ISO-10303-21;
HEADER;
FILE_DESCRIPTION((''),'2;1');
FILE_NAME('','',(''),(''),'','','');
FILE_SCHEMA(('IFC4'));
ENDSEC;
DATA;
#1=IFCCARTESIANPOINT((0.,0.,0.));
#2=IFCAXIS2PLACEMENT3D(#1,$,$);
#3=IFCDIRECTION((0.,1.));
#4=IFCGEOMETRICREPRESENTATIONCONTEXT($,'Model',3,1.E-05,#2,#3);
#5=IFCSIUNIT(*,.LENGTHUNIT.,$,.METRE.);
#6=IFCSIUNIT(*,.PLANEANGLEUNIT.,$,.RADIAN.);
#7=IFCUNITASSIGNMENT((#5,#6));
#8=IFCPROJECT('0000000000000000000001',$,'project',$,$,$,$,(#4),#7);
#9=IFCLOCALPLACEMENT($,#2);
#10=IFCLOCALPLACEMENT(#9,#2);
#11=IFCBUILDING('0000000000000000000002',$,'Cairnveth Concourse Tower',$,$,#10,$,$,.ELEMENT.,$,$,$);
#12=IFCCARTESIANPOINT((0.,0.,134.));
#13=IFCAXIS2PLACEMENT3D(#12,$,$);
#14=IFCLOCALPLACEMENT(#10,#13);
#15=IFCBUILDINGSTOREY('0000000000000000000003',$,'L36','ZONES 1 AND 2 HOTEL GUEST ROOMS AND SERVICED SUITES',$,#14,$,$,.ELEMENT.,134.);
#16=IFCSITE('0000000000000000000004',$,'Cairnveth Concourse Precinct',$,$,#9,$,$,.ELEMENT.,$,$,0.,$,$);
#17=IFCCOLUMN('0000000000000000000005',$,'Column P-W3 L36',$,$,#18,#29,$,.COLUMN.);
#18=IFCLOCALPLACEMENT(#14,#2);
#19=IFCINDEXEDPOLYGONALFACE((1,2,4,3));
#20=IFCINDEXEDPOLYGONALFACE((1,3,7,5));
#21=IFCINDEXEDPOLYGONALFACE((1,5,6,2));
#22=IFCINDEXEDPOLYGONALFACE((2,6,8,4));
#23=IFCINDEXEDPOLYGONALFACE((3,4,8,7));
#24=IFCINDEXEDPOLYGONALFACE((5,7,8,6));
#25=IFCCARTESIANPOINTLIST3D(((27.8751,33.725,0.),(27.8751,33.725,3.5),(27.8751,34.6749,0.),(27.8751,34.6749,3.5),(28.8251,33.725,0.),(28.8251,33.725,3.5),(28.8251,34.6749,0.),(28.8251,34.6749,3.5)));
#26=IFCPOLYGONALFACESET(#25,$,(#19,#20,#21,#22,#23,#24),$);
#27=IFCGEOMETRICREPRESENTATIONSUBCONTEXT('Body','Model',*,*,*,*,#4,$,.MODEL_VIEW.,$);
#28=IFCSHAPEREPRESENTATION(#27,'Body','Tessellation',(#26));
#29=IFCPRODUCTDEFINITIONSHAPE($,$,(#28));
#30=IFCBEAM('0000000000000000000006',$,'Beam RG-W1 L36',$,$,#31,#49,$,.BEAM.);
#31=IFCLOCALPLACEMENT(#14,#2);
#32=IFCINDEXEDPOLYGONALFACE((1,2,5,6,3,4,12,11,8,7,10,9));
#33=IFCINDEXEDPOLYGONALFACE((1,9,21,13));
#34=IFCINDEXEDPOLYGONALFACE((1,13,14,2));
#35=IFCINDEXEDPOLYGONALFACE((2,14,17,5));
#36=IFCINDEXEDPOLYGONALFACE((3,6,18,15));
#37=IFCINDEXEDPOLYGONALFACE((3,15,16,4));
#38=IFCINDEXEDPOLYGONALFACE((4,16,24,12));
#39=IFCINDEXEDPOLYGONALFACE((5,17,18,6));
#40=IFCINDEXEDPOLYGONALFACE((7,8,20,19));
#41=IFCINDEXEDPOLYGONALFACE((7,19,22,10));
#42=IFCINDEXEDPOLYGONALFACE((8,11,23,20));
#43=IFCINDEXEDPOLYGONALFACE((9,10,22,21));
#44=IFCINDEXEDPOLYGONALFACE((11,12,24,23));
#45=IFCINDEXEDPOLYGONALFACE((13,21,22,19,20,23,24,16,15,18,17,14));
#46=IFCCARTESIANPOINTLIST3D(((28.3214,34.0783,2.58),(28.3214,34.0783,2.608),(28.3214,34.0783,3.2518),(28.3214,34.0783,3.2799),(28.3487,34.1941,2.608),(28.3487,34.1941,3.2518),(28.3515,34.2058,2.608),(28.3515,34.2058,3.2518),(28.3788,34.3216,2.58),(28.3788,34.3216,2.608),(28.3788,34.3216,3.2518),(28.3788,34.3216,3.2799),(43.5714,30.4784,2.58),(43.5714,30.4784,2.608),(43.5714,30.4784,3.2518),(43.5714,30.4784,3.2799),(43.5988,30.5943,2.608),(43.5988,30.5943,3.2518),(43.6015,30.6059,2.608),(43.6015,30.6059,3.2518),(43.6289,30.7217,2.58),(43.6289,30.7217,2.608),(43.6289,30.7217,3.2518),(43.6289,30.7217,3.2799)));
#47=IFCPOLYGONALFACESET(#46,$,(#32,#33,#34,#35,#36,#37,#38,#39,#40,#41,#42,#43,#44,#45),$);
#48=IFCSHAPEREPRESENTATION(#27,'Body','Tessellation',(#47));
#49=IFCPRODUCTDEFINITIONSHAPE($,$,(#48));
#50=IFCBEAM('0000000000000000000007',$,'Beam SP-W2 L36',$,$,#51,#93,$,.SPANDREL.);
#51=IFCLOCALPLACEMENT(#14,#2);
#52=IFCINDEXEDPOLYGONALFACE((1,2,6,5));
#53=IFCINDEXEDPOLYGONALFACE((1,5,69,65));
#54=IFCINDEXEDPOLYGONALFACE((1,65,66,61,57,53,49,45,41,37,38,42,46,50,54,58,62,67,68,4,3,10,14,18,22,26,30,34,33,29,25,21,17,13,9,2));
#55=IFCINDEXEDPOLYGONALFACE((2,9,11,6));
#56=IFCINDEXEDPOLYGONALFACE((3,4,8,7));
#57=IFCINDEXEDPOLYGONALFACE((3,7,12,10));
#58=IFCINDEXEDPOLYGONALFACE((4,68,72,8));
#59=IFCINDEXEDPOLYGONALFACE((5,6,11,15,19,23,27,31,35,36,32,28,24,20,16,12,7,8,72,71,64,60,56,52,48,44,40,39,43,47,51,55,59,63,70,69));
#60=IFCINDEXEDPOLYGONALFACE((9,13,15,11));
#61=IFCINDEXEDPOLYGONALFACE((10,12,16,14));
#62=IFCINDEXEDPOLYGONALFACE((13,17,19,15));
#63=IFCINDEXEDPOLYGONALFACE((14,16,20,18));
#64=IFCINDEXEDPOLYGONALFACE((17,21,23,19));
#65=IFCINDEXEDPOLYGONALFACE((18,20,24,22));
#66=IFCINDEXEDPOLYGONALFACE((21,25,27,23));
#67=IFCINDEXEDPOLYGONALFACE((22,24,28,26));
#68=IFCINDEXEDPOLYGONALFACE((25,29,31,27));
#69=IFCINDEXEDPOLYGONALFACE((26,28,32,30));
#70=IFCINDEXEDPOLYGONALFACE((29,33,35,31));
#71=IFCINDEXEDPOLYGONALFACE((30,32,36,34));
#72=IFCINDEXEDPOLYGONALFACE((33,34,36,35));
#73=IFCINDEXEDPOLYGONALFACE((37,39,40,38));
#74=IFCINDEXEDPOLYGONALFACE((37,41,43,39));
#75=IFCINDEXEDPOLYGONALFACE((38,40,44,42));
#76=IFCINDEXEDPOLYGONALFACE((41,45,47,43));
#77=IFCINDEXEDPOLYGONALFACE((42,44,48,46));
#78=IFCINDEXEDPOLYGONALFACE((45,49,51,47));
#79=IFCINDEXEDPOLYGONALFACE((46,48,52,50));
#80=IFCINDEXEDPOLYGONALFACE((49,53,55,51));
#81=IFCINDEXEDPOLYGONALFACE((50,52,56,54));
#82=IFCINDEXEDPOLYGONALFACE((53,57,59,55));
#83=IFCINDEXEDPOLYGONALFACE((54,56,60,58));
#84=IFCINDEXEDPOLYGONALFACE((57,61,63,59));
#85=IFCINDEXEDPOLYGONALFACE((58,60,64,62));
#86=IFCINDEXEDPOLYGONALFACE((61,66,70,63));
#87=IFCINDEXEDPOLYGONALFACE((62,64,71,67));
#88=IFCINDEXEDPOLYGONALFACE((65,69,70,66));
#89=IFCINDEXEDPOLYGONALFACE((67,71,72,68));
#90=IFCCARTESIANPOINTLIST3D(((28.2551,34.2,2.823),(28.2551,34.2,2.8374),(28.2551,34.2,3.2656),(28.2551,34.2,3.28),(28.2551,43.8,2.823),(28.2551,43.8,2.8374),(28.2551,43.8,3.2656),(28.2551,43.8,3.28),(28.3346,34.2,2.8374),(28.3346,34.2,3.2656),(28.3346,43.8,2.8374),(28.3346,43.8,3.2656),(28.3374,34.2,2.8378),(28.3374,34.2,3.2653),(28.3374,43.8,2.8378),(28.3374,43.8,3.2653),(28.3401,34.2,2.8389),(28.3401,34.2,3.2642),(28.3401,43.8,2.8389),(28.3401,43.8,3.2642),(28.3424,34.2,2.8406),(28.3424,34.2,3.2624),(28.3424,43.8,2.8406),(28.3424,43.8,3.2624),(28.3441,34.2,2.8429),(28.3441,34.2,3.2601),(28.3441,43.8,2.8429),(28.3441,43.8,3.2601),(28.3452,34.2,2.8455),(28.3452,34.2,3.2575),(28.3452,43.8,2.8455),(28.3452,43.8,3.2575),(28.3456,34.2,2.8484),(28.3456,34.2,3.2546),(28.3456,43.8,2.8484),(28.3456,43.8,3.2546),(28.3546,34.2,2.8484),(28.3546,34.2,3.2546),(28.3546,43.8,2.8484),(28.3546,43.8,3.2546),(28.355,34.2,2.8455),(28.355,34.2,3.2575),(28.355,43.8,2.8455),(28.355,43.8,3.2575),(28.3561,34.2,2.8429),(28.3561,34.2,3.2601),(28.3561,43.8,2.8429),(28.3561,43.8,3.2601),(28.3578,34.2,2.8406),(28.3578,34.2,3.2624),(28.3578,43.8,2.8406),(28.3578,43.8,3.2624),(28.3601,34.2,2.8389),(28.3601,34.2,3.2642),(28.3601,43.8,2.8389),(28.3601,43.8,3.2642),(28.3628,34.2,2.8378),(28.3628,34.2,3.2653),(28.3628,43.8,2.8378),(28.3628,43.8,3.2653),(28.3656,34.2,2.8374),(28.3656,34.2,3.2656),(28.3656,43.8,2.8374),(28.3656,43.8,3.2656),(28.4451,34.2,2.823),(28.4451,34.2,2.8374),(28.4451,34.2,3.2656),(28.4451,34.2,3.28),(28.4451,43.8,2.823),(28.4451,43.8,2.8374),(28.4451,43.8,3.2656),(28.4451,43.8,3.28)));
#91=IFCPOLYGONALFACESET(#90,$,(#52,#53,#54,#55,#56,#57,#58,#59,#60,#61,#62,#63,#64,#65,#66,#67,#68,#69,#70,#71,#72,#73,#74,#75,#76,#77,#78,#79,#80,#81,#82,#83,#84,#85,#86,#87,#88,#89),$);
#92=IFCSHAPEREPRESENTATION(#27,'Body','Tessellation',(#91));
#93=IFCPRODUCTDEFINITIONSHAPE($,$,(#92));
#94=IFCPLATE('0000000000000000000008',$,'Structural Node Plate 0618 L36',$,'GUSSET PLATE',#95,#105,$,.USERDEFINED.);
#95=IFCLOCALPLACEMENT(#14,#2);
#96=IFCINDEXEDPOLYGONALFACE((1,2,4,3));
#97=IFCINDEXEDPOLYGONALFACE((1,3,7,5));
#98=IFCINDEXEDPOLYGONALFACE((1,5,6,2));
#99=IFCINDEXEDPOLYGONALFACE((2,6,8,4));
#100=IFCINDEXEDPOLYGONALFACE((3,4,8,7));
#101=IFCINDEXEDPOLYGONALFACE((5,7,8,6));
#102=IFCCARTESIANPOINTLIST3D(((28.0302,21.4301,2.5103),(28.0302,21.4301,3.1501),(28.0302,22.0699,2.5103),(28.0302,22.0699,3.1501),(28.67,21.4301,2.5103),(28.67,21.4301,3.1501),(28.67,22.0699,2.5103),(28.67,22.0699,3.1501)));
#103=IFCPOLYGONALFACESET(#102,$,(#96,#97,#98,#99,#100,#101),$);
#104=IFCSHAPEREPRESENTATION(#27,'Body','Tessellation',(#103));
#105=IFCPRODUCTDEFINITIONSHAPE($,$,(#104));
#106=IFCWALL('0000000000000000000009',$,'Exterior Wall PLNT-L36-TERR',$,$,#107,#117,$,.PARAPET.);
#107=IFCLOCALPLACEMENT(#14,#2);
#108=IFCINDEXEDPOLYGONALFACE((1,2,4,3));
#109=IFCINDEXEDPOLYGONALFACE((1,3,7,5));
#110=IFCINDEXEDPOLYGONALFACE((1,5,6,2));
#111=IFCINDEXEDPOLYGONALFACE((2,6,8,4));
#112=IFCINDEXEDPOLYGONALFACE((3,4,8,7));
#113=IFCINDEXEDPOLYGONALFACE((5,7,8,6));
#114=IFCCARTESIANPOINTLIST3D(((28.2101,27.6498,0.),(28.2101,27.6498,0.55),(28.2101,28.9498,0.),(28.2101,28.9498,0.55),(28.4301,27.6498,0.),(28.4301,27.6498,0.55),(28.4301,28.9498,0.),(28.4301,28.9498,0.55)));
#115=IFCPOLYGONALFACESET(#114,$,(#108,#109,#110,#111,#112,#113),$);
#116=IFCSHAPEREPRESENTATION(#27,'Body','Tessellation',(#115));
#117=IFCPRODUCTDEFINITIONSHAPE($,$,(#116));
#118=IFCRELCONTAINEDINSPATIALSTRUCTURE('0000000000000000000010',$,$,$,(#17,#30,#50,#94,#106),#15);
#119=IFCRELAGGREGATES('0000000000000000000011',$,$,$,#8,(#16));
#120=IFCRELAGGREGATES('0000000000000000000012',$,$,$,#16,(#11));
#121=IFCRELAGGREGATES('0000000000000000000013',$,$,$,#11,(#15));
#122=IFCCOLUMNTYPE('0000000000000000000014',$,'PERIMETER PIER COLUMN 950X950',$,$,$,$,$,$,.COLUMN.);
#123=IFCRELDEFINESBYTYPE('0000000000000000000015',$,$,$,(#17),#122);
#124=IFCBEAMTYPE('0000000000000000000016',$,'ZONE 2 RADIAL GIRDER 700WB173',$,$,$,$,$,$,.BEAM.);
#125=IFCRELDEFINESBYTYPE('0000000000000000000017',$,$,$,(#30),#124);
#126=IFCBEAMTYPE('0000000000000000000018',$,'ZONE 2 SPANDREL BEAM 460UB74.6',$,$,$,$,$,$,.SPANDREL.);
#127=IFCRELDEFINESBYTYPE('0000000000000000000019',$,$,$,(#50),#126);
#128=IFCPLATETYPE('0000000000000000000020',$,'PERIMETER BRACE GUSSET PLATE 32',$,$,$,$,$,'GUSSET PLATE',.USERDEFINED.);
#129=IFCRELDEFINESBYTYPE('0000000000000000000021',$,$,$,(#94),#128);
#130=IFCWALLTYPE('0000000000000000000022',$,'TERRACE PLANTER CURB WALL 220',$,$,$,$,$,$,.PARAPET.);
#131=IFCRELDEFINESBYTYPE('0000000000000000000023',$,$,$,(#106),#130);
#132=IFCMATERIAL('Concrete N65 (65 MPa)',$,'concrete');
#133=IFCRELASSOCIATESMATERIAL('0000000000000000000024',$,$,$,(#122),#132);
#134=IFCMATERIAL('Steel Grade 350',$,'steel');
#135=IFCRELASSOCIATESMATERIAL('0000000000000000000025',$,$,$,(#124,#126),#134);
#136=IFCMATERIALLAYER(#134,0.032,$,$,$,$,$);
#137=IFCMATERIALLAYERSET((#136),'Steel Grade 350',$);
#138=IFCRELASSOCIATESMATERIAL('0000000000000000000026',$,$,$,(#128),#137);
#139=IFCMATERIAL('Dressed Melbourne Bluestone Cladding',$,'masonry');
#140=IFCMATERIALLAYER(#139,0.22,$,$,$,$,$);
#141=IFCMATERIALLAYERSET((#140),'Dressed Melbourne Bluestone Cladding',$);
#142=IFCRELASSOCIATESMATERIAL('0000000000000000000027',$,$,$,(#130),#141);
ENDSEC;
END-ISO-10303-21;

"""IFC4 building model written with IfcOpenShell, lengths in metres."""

from ifc_helpers import new_model, si_unit, direction, frame, frame_2d, origin, origin_2d, place, context, subcontext, project, spatial, rectangle, i_section, extrude, material, layer, layer_set, material_profile, profile_set, type_object, element, save


model = new_model("IFC4")

# Units and contexts
model_context = context("Model", 3, precision=1e-05, world=origin(), true_north=direction((0.0, 1.0)))
body_context = subcontext(model_context, "Body", "Model", "MODEL_VIEW")
ifc_project = project(units=[si_unit("LENGTHUNIT", "METRE"), si_unit("PLANEANGLEUNIT", "RADIAN")], contexts=[model_context])

# Site, building, storey
site_placement = place(None, origin())
site = spatial("IfcSite", under=ifc_project, at=site_placement, Name="Cairnveth Concourse Precinct", CompositionType="ELEMENT", RefElevation=0.0)
building_placement = place(site_placement, origin())
building = spatial("IfcBuilding", under=site, at=building_placement, Name="Cairnveth Concourse Tower", CompositionType="ELEMENT")
storey_placement = place(building_placement, frame((0.0, 0.0, 134.0)))
storey = spatial("IfcBuildingStorey", under=building, at=storey_placement, Name="L36", Description="ZONES 1 AND 2 HOTEL GUEST ROOMS AND SERVICED SUITES", CompositionType="ELEMENT", Elevation=134.0)

# Column
ifc_material_1 = material(Name="Concrete N65 (65 MPa)", Category="concrete")
ifc_material_profile_1 = material_profile(ifc_material_1, rectangle(XDim=0.95, YDim=0.95, at=origin_2d()), Name="RC-COL-950x950")
ifc_profile_set_1 = profile_set([ifc_material_profile_1], Name="Concrete N65 (65 MPa)")
column_type = type_object("IfcColumnType", Name="PERIMETER PIER COLUMN 950X950", PredefinedType="COLUMN", material=ifc_profile_set_1)
column_placement = place(storey_placement, frame((28.3501, 34.2, 0.0), z_axis=(0.0, 0.0, 1.0), x_axis=(0.0, 1.0, 0.0)))
element("IfcColumn", 1, at=column_placement, inside=storey, type_object=column_type, Name="Column P-W3 L36", PredefinedType="COLUMN", context=body_context, shape_type="SweptSolid", body=[
    extrude(rectangle(XDim=0.95, YDim=0.95, at=origin_2d()), origin(), (0.0, 0.0, 1.0), 3.5),
])

# Beams
ifc_material_2 = material(Name="Steel Grade 350", Category="steel")
ifc_material_profile_2 = material_profile(ifc_material_2, i_section(OverallWidth=0.25, OverallDepth=0.7, WebThickness=0.012, FlangeThickness=0.0281, at=origin_2d()), Name="700WB173")
ifc_profile_set_2 = profile_set([ifc_material_profile_2], Name="Steel Grade 350")
beam_type_1 = type_object("IfcBeamType", Name="ZONE 2 RADIAL GIRDER 700WB173", PredefinedType="BEAM", material=ifc_profile_set_2)
beam_1_placement = place(storey_placement, frame((28.3501, 34.2, 2.9299), z_axis=(0.973252, -0.229742, 0.0), x_axis=(0.229742, 0.973252, 0.0)))
element("IfcBeam", 2, at=beam_1_placement, inside=storey, type_object=beam_type_1, Name="Beam RG-W1 L36", PredefinedType="BEAM", context=body_context, shape_type="SweptSolid", body=[
    extrude(i_section(OverallWidth=0.25, OverallDepth=0.7, WebThickness=0.012, FlangeThickness=0.0281, at=origin_2d()), origin(), (0.0, 0.0, 1.0), 15.6692),
])
ifc_material_profile_3 = material_profile(ifc_material_2, i_section(OverallWidth=0.1899, OverallDepth=0.457, WebThickness=0.009, FlangeThickness=0.0144, FilletRadius=0.011, at=origin_2d()), Name="460UB74.6")
ifc_profile_set_3 = profile_set([ifc_material_profile_3], Name="Steel Grade 350")
beam_type_2 = type_object("IfcBeamType", Name="ZONE 2 SPANDREL BEAM 460UB74.6", PredefinedType="SPANDREL", material=ifc_profile_set_3)
beam_2_placement = place(storey_placement, frame((28.3501, 34.2, 3.0515), z_axis=(0.0, 1.0, 0.0), x_axis=(-1.0, 0.0, 0.0)))
element("IfcBeam", 3, at=beam_2_placement, inside=storey, type_object=beam_type_2, Name="Beam SP-W2 L36", PredefinedType="SPANDREL", context=body_context, shape_type="SweptSolid", body=[
    extrude(i_section(OverallWidth=0.1899, OverallDepth=0.457, WebThickness=0.009, FlangeThickness=0.0144, FilletRadius=0.011, at=origin_2d()), origin(), (0.0, 0.0, 1.0), 9.6001),
])

# Plate
ifc_layer_1 = layer(ifc_material_2, 0.032)
ifc_layer_set_1 = layer_set([ifc_layer_1], Name="Steel Grade 350")
plate_type = type_object("IfcPlateType", Name="PERIMETER BRACE GUSSET PLATE 32", ElementType="GUSSET PLATE", PredefinedType="USERDEFINED", material=ifc_layer_set_1)
plate_placement = place(storey_placement, frame((28.3501, 21.75, 2.5103), z_axis=(0.0, 0.0, 1.0), x_axis=(1.0, 0.0, 0.0)))
element("IfcPlate", 4, at=plate_placement, inside=storey, type_object=plate_type, Name="Structural Node Plate 0618 L36", ObjectType="GUSSET PLATE", PredefinedType="USERDEFINED", context=body_context, shape_type="SweptSolid", body=[
    extrude(rectangle(XDim=0.6399, YDim=0.6399, at=origin_2d()), origin(), (0.0, 0.0, 1.0), 0.6399),
])

# Wall
ifc_material_3 = material(Name="Dressed Melbourne Bluestone Cladding", Category="masonry")
ifc_layer_2 = layer(ifc_material_3, 0.22)
ifc_layer_set_2 = layer_set([ifc_layer_2], Name="Dressed Melbourne Bluestone Cladding")
wall_type_1 = type_object("IfcWallType", Name="TERRACE PLANTER CURB WALL 220", PredefinedType="PARAPET", material=ifc_layer_set_2)
wall_1_placement = place(storey_placement, frame((28.3201, 27.6499, 0.0), z_axis=(0.0, 0.0, 1.0), x_axis=(0.0, 1.0, 0.0)))
element("IfcWall", 5, at=wall_1_placement, inside=storey, type_object=wall_type_1, Name="Exterior Wall PLNT-L36-TERR", PredefinedType="PARAPET", context=body_context, shape_type="SweptSolid", body=[
    extrude(rectangle(XDim=1.3, YDim=0.22, at=frame_2d((0.6499, 0.0))), origin(), (0.0, 0.0, 1.0), 0.55),
])

save(model, "model.ifc")
